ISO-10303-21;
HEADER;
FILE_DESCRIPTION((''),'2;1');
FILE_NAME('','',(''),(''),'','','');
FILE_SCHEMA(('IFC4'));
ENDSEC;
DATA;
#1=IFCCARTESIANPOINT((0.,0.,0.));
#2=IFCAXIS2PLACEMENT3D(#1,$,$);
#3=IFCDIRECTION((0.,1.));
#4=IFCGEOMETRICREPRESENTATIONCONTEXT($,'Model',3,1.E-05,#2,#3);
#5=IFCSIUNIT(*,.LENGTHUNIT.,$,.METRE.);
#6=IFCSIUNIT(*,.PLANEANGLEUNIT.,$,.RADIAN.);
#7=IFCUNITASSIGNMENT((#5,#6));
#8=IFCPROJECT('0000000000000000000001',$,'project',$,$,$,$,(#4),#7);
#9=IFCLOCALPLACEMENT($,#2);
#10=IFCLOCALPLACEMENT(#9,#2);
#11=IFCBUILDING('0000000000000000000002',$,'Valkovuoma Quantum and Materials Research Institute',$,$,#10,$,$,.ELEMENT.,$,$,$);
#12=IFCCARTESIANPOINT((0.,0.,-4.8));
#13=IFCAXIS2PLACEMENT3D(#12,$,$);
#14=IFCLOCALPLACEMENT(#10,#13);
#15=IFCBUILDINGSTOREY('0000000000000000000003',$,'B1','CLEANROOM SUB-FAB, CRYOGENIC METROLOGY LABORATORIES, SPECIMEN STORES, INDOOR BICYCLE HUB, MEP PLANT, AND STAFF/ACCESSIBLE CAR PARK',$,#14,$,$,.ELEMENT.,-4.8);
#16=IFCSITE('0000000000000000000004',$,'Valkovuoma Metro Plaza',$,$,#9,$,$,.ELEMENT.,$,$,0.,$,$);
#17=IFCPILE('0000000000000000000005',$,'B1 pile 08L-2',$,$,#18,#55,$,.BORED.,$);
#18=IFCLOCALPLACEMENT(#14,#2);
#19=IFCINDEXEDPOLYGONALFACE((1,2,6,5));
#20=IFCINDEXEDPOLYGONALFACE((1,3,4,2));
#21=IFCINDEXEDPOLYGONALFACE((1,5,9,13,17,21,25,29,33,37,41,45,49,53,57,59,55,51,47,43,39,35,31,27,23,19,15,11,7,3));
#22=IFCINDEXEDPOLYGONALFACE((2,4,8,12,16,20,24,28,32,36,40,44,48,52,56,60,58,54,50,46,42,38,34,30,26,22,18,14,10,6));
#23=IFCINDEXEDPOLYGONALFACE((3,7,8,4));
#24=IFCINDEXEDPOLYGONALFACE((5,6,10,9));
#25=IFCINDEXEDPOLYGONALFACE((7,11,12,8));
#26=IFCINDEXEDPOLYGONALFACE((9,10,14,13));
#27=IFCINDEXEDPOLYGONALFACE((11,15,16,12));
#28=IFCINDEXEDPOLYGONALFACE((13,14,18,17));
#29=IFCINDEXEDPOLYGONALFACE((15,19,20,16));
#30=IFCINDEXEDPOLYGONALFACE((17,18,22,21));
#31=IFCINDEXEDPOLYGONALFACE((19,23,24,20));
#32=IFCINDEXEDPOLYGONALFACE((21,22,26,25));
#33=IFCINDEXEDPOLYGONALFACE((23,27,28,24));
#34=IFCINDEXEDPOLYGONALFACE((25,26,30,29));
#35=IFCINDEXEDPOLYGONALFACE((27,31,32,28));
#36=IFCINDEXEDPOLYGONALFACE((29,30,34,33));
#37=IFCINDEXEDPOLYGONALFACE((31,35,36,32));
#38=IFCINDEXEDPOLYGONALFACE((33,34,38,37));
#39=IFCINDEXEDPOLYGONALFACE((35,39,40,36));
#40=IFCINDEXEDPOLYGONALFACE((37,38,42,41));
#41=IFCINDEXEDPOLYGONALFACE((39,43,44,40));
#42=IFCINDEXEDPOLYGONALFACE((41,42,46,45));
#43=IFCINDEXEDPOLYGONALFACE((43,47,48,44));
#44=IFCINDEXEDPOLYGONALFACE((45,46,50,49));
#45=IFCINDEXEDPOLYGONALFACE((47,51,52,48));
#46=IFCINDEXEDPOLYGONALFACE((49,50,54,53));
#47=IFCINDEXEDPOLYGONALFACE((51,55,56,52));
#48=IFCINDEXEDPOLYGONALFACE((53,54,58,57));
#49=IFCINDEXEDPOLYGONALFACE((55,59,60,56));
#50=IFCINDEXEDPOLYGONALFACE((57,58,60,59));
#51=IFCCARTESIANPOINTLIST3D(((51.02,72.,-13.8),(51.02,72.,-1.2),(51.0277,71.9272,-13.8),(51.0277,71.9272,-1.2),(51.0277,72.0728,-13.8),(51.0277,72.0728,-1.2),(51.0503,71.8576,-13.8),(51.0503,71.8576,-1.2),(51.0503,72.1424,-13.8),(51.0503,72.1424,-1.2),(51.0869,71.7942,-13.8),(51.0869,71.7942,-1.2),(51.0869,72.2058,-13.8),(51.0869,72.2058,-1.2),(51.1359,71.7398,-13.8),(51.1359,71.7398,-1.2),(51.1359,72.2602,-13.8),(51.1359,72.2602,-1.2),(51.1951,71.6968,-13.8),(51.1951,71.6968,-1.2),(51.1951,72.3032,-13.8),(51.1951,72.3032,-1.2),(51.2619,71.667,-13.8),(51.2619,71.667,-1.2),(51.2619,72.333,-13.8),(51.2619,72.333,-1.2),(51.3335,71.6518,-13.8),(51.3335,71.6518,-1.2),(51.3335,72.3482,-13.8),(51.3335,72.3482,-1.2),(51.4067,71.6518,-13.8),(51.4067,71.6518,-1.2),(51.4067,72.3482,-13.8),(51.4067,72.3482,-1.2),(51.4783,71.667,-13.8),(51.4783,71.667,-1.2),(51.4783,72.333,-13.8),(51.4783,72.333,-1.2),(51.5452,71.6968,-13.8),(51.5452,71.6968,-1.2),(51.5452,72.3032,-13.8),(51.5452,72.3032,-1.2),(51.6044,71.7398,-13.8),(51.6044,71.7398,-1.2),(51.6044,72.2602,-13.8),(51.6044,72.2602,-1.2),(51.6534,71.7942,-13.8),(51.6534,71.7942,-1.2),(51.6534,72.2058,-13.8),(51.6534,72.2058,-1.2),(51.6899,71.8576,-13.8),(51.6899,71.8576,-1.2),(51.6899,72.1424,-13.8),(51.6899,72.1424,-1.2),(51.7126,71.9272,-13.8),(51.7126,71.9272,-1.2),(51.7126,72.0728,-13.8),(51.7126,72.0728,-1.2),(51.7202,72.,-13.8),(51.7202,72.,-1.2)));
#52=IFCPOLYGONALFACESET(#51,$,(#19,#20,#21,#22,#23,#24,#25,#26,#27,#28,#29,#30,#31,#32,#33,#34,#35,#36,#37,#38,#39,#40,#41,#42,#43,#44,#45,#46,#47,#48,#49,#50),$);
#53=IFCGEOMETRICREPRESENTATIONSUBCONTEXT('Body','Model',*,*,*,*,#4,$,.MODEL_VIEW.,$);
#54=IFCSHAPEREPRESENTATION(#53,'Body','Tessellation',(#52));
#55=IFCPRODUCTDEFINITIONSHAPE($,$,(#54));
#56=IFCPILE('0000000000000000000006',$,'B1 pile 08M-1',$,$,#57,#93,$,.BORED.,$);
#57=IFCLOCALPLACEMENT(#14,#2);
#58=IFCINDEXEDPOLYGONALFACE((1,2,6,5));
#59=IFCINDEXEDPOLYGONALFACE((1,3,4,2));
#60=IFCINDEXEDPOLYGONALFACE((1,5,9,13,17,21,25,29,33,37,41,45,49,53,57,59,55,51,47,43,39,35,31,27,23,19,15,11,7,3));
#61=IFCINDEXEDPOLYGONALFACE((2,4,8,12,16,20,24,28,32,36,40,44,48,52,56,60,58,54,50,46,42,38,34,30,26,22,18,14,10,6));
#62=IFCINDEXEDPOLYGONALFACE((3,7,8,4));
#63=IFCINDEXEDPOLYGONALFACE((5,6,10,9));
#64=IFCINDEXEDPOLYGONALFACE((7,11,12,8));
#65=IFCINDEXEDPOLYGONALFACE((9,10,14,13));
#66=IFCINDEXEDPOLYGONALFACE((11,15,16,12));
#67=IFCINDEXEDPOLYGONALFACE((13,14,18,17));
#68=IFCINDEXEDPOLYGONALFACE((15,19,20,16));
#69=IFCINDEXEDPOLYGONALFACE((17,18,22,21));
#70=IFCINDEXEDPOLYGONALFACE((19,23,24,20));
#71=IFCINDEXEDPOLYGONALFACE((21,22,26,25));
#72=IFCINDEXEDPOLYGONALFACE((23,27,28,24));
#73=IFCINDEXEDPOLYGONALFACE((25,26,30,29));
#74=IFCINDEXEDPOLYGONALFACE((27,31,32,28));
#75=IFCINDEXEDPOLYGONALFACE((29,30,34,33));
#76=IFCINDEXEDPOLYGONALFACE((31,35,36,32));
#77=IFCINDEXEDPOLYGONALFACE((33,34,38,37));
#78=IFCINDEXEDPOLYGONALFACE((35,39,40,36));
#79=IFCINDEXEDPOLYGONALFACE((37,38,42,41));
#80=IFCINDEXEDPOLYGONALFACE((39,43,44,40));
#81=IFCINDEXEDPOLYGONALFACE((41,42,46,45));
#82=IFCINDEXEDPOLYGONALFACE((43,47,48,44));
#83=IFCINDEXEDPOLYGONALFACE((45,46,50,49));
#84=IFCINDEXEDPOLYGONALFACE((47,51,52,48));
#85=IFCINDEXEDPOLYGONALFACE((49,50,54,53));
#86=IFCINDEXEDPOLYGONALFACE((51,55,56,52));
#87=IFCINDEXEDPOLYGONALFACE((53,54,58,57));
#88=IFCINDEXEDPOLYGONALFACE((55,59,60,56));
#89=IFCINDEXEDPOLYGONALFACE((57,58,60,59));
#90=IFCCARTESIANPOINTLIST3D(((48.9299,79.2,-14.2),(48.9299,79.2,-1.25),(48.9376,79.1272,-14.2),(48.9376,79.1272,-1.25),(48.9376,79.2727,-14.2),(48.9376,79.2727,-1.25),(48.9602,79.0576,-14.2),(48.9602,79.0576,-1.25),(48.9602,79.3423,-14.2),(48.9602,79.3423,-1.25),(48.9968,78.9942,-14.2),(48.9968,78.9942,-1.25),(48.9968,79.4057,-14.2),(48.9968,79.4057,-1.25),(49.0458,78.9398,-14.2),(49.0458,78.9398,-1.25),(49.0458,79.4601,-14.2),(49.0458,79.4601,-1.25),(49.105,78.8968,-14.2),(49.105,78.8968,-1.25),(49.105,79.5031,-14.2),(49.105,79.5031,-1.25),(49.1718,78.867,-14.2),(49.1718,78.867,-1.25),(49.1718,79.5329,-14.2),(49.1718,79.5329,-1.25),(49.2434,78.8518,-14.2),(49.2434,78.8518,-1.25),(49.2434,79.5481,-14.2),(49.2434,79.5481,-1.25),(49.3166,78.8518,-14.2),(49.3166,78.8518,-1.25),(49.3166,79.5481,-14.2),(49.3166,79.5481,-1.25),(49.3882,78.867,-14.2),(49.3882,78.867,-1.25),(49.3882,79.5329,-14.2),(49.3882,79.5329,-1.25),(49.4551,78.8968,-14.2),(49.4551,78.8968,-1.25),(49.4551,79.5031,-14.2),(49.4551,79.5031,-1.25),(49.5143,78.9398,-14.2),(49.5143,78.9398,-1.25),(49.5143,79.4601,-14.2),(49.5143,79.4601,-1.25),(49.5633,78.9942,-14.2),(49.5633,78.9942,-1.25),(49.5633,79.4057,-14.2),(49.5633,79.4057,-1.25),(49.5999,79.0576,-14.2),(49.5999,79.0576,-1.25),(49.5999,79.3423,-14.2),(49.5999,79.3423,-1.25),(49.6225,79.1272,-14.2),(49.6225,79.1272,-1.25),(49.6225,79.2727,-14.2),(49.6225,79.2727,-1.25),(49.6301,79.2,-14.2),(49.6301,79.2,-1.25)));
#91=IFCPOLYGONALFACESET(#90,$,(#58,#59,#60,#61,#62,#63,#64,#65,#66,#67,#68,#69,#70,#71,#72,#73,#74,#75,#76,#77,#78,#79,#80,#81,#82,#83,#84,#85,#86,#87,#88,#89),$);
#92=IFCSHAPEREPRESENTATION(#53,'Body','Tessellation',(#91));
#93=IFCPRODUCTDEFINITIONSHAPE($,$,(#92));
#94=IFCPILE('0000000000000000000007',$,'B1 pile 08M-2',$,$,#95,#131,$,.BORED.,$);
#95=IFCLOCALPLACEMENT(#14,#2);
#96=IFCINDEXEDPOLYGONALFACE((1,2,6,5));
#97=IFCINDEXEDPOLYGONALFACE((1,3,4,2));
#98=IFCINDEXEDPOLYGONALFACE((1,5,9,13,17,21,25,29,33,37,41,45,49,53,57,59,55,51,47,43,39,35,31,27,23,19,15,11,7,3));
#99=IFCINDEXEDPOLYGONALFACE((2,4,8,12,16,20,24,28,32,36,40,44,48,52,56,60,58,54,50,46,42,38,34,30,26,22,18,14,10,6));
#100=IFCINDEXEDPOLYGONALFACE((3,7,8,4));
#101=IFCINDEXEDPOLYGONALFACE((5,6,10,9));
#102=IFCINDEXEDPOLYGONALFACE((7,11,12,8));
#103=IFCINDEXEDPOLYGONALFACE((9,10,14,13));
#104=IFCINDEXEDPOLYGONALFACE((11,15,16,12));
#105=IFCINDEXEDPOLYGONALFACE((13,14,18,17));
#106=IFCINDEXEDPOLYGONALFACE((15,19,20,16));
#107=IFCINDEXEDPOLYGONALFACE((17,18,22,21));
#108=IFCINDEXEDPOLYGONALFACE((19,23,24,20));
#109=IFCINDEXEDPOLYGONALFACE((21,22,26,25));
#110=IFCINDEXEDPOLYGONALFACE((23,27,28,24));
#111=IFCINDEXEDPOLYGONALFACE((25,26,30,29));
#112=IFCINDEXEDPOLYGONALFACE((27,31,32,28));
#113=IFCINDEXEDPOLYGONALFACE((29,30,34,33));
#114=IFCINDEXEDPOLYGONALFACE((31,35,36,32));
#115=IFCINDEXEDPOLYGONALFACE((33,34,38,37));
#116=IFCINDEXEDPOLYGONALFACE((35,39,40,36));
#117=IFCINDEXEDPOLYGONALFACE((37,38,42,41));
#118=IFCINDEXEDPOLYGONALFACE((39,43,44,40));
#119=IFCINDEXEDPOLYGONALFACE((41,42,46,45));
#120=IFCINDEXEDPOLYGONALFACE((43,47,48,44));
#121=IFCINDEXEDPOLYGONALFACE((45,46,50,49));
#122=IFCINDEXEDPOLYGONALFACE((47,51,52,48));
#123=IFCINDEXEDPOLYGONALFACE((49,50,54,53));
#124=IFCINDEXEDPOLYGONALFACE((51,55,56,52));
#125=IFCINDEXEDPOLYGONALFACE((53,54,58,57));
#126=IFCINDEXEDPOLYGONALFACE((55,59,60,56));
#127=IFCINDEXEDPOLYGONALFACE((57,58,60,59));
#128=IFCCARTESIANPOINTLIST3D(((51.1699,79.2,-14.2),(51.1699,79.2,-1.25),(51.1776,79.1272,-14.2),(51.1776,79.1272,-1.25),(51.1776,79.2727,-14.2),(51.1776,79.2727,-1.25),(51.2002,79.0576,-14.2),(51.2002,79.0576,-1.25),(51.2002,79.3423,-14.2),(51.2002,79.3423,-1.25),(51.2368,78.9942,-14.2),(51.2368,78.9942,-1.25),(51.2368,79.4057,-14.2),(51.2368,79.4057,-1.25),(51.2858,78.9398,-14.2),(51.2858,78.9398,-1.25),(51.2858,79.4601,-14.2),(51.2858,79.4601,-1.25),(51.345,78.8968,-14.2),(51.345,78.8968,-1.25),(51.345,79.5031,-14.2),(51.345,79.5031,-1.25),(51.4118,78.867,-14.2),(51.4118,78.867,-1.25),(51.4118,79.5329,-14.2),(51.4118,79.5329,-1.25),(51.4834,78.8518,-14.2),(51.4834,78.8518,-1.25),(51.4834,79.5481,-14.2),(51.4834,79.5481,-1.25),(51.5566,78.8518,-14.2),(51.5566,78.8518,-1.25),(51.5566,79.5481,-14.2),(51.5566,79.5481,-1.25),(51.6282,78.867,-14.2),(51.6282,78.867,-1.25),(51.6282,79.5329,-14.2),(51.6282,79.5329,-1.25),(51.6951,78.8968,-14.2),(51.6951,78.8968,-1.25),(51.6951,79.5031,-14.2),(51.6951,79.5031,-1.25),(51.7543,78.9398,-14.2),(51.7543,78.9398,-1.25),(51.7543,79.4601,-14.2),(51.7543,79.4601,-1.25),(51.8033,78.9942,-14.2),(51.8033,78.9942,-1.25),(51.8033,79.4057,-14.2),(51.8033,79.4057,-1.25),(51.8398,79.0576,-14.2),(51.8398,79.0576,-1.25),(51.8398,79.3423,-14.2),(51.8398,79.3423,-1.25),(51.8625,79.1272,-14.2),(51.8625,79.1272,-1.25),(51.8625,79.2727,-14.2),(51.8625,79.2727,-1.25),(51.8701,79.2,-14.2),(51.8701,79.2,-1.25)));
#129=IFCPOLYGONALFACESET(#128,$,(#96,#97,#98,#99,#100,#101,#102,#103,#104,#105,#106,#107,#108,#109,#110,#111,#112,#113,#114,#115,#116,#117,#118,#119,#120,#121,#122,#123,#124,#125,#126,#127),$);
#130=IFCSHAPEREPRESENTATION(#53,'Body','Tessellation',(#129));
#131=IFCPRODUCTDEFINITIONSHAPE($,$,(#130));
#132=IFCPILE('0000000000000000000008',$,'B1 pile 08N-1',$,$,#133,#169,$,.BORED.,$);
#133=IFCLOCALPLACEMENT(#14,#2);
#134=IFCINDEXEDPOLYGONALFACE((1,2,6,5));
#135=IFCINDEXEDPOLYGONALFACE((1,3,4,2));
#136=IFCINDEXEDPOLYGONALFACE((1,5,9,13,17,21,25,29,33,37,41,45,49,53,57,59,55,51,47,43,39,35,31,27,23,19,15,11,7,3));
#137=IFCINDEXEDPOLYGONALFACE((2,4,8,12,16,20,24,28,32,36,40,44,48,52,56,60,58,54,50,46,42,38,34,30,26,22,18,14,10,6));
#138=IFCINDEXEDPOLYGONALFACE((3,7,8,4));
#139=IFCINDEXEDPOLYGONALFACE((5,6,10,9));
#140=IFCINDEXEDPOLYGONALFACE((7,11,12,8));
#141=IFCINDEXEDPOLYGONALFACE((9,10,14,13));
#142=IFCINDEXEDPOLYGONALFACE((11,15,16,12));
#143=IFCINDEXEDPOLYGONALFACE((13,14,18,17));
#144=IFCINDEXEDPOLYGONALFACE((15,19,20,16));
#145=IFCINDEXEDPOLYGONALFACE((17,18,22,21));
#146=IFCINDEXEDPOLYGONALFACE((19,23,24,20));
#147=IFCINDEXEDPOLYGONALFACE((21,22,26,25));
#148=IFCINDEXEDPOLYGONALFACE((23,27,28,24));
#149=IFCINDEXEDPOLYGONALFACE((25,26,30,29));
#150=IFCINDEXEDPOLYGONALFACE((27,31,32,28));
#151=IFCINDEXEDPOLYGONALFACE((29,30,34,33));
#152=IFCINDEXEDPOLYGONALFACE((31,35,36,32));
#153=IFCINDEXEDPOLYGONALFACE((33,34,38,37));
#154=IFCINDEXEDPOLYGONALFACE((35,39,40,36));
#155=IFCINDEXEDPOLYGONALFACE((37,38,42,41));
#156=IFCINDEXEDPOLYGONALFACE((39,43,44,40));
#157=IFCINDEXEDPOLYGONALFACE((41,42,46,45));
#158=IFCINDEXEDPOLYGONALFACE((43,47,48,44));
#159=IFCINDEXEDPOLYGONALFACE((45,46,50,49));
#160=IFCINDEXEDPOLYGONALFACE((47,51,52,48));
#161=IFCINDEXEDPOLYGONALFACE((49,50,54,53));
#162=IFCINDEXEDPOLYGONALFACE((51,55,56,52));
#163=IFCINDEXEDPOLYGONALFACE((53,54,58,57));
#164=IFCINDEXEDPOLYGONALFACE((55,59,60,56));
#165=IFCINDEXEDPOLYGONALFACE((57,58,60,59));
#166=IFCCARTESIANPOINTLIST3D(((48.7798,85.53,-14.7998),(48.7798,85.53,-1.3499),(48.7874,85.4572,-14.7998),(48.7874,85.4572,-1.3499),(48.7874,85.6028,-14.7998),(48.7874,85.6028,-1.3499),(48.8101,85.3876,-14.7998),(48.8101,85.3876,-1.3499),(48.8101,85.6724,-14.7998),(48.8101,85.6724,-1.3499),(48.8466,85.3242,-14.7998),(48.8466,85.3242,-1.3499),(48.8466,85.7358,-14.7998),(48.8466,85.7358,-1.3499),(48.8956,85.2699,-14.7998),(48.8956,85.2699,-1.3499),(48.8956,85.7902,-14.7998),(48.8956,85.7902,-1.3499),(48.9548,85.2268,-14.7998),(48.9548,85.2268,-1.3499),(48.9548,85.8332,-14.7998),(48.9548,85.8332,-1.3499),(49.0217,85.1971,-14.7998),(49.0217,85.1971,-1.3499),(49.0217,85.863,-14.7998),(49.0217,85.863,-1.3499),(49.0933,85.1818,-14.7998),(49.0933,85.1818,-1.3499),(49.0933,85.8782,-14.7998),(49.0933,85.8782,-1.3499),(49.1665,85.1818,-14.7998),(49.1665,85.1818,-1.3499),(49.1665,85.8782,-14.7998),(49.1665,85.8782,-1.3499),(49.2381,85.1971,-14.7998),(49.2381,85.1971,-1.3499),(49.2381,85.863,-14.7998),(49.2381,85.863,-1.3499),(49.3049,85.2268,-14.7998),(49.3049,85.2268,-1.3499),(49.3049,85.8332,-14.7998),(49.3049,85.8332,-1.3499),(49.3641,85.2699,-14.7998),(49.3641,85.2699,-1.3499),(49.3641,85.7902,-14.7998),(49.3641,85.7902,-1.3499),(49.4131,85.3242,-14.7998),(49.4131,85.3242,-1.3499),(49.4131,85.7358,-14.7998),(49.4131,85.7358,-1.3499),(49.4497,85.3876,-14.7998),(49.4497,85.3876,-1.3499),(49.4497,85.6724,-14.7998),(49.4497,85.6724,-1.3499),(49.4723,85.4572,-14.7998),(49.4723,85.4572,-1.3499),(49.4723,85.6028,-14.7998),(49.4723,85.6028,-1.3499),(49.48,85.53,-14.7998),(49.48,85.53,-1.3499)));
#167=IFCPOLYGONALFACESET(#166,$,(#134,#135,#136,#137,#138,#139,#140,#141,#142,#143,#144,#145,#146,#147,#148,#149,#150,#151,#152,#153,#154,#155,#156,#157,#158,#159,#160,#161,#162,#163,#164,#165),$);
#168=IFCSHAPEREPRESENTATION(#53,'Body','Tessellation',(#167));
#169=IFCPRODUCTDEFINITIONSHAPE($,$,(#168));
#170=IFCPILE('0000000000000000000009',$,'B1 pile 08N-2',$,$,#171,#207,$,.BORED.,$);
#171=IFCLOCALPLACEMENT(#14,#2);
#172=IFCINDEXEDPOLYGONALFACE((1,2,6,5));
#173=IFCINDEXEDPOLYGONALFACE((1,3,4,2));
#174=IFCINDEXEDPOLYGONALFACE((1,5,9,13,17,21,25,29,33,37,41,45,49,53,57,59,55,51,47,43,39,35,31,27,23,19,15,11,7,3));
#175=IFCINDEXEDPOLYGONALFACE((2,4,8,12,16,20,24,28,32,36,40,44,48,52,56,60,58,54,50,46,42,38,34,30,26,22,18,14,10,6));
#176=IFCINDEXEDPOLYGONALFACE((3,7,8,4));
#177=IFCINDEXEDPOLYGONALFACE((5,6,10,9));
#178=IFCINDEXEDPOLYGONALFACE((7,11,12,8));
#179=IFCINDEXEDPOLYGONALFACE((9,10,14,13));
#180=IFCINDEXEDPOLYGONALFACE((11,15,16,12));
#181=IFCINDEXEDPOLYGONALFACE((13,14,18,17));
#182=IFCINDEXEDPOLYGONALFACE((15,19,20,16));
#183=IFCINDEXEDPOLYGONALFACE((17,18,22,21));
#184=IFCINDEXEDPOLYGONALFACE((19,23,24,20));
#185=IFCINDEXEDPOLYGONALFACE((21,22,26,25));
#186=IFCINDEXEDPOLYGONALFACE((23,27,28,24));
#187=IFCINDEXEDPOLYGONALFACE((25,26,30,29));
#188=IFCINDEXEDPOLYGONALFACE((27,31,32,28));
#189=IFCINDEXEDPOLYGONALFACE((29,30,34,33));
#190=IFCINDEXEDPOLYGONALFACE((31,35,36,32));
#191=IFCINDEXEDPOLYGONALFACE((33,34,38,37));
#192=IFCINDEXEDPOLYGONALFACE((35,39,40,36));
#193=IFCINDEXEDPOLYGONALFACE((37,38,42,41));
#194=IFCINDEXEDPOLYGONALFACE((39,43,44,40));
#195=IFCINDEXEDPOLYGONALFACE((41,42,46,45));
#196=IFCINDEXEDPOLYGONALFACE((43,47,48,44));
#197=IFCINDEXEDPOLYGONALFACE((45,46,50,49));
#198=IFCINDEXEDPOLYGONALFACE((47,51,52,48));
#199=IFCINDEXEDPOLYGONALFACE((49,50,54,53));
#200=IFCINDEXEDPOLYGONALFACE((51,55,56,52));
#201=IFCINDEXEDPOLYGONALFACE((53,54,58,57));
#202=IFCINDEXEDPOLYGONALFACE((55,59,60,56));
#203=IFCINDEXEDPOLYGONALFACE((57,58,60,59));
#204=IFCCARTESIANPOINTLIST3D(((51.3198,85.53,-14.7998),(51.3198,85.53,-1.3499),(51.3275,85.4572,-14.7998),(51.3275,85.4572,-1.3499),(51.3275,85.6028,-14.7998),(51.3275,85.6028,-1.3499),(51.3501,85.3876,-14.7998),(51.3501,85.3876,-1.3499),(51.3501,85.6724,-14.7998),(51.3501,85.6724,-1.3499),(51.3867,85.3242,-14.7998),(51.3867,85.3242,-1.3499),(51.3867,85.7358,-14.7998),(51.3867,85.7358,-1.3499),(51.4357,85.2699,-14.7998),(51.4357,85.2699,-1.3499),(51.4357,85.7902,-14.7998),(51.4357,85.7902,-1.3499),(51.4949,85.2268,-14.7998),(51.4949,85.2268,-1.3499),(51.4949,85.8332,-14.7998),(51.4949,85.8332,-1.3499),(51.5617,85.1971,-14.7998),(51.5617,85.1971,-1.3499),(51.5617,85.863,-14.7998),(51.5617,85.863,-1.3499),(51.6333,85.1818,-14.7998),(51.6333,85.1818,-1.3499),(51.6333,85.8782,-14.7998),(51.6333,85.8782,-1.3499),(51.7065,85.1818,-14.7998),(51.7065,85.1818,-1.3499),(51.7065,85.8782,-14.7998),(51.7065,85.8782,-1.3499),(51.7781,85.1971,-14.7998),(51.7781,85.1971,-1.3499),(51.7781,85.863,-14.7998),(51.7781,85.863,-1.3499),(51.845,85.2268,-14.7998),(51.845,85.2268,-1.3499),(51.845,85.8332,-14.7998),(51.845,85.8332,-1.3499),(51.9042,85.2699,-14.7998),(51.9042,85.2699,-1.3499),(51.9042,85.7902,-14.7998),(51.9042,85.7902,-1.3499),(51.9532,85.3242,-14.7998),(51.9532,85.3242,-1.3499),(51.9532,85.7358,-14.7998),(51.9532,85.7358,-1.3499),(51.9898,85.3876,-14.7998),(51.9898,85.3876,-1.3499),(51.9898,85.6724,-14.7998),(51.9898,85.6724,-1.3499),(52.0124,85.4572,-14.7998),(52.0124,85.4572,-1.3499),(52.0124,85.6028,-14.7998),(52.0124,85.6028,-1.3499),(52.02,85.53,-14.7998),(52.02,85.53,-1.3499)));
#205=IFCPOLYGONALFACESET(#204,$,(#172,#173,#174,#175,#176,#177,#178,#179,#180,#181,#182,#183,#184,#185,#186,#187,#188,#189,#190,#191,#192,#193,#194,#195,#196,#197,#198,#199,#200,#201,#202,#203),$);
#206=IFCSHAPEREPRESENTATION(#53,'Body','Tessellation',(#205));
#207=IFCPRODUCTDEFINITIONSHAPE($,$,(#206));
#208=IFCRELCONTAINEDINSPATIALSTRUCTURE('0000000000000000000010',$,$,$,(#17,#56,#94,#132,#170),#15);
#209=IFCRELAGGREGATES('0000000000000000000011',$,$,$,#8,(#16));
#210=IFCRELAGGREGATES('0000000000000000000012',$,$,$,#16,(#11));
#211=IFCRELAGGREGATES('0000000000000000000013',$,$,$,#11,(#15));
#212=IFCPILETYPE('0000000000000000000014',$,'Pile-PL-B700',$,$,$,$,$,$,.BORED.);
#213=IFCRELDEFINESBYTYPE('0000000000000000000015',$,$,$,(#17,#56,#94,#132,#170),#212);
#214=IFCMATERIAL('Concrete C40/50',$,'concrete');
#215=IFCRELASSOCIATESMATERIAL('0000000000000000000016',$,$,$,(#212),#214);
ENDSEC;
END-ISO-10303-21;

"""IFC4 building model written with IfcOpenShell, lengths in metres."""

from ifc_helpers import new_model, si_unit, direction, frame, origin, origin_2d, place, context, subcontext, project, spatial, circle, extrude, material, material_profile, profile_set, type_object, element, save


model = new_model("IFC4")

# Units and contexts
model_context = context("Model", 3, precision=1e-05, world=origin(), true_north=direction((0.0, 1.0)))
body_context = subcontext(model_context, "Body", "Model", "MODEL_VIEW")
ifc_project = project(units=[si_unit("LENGTHUNIT", "METRE"), si_unit("PLANEANGLEUNIT", "RADIAN")], contexts=[model_context])

# Site, building, storey
site_placement = place(None, origin())
site = spatial("IfcSite", under=ifc_project, at=site_placement, Name="Valkovuoma Metro Plaza", CompositionType="ELEMENT", RefElevation=0.0)
building_placement = place(site_placement, origin())
building = spatial("IfcBuilding", under=site, at=building_placement, Name="Valkovuoma Quantum and Materials Research Institute", CompositionType="ELEMENT")
storey_placement = place(building_placement, frame((0.0, 0.0, -4.8)))
storey = spatial("IfcBuildingStorey", under=building, at=storey_placement, Name="B1", Description="CLEANROOM SUB-FAB, CRYOGENIC METROLOGY LABORATORIES, SPECIMEN STORES, INDOOR BICYCLE HUB, MEP PLANT, AND STAFF/ACCESSIBLE CAR PARK", CompositionType="ELEMENT", Elevation=-4.8)

# Piles
ifc_material_1 = material(Name="Concrete C40/50", Category="concrete")
ifc_material_profile_1 = material_profile(ifc_material_1, circle(Radius=0.3501, at=origin_2d()), Name="Concrete C40/50")
ifc_profile_set_1 = profile_set([ifc_material_profile_1], Name="Concrete C40/50")
pile_type_1 = type_object("IfcPileType", Name="Pile-PL-B700", PredefinedType="BORED", material=ifc_profile_set_1)
for number, where, z_axis, x_axis, name in (
    (1, (51.3701, 72.0, -1.2), (0.0, 0.0, -1.0), (1.0, 0.0, 0.0), "B1 pile 08L-2"),
):
    element("IfcPile", number, at=place(storey_placement, frame(where, z_axis=z_axis, x_axis=x_axis)), inside=storey, type_object=pile_type_1, Name=name, PredefinedType="BORED", context=body_context, shape_type="SweptSolid", body=[
        extrude(circle(Radius=0.3501, at=origin_2d()), origin(), (0.0, 0.0, 1.0), 12.6001),
    ])
for number, where, z_axis, x_axis, name in (
    (2, (49.28, 79.2, -1.25), (0.0, 0.0, -1.0), (1.0, 0.0, 0.0), "B1 pile 08M-1"),
    (3, (51.52, 79.2, -1.25), (0.0, 0.0, -1.0), (1.0, 0.0, 0.0), "B1 pile 08M-2"),
):
    element("IfcPile", number, at=place(storey_placement, frame(where, z_axis=z_axis, x_axis=x_axis)), inside=storey, type_object=pile_type_1, Name=name, PredefinedType="BORED", context=body_context, shape_type="SweptSolid", body=[
        extrude(circle(Radius=0.3501, at=origin_2d()), origin(), (0.0, 0.0, 1.0), 12.95),
    ])
for number, where, z_axis, x_axis, name in (
    (4, (49.1299, 85.53, -1.3499), (0.0, 0.0, -1.0), (1.0, 0.0, 0.0), "B1 pile 08N-1"),
    (5, (51.6699, 85.53, -1.3499), (0.0, 0.0, -1.0), (1.0, 0.0, 0.0), "B1 pile 08N-2"),
):
    element("IfcPile", number, at=place(storey_placement, frame(where, z_axis=z_axis, x_axis=x_axis)), inside=storey, type_object=pile_type_1, Name=name, PredefinedType="BORED", context=body_context, shape_type="SweptSolid", body=[
        extrude(circle(Radius=0.3501, at=origin_2d()), origin(), (0.0, 0.0, 1.0), 13.45),
    ])

save(model, "model.ifc")
